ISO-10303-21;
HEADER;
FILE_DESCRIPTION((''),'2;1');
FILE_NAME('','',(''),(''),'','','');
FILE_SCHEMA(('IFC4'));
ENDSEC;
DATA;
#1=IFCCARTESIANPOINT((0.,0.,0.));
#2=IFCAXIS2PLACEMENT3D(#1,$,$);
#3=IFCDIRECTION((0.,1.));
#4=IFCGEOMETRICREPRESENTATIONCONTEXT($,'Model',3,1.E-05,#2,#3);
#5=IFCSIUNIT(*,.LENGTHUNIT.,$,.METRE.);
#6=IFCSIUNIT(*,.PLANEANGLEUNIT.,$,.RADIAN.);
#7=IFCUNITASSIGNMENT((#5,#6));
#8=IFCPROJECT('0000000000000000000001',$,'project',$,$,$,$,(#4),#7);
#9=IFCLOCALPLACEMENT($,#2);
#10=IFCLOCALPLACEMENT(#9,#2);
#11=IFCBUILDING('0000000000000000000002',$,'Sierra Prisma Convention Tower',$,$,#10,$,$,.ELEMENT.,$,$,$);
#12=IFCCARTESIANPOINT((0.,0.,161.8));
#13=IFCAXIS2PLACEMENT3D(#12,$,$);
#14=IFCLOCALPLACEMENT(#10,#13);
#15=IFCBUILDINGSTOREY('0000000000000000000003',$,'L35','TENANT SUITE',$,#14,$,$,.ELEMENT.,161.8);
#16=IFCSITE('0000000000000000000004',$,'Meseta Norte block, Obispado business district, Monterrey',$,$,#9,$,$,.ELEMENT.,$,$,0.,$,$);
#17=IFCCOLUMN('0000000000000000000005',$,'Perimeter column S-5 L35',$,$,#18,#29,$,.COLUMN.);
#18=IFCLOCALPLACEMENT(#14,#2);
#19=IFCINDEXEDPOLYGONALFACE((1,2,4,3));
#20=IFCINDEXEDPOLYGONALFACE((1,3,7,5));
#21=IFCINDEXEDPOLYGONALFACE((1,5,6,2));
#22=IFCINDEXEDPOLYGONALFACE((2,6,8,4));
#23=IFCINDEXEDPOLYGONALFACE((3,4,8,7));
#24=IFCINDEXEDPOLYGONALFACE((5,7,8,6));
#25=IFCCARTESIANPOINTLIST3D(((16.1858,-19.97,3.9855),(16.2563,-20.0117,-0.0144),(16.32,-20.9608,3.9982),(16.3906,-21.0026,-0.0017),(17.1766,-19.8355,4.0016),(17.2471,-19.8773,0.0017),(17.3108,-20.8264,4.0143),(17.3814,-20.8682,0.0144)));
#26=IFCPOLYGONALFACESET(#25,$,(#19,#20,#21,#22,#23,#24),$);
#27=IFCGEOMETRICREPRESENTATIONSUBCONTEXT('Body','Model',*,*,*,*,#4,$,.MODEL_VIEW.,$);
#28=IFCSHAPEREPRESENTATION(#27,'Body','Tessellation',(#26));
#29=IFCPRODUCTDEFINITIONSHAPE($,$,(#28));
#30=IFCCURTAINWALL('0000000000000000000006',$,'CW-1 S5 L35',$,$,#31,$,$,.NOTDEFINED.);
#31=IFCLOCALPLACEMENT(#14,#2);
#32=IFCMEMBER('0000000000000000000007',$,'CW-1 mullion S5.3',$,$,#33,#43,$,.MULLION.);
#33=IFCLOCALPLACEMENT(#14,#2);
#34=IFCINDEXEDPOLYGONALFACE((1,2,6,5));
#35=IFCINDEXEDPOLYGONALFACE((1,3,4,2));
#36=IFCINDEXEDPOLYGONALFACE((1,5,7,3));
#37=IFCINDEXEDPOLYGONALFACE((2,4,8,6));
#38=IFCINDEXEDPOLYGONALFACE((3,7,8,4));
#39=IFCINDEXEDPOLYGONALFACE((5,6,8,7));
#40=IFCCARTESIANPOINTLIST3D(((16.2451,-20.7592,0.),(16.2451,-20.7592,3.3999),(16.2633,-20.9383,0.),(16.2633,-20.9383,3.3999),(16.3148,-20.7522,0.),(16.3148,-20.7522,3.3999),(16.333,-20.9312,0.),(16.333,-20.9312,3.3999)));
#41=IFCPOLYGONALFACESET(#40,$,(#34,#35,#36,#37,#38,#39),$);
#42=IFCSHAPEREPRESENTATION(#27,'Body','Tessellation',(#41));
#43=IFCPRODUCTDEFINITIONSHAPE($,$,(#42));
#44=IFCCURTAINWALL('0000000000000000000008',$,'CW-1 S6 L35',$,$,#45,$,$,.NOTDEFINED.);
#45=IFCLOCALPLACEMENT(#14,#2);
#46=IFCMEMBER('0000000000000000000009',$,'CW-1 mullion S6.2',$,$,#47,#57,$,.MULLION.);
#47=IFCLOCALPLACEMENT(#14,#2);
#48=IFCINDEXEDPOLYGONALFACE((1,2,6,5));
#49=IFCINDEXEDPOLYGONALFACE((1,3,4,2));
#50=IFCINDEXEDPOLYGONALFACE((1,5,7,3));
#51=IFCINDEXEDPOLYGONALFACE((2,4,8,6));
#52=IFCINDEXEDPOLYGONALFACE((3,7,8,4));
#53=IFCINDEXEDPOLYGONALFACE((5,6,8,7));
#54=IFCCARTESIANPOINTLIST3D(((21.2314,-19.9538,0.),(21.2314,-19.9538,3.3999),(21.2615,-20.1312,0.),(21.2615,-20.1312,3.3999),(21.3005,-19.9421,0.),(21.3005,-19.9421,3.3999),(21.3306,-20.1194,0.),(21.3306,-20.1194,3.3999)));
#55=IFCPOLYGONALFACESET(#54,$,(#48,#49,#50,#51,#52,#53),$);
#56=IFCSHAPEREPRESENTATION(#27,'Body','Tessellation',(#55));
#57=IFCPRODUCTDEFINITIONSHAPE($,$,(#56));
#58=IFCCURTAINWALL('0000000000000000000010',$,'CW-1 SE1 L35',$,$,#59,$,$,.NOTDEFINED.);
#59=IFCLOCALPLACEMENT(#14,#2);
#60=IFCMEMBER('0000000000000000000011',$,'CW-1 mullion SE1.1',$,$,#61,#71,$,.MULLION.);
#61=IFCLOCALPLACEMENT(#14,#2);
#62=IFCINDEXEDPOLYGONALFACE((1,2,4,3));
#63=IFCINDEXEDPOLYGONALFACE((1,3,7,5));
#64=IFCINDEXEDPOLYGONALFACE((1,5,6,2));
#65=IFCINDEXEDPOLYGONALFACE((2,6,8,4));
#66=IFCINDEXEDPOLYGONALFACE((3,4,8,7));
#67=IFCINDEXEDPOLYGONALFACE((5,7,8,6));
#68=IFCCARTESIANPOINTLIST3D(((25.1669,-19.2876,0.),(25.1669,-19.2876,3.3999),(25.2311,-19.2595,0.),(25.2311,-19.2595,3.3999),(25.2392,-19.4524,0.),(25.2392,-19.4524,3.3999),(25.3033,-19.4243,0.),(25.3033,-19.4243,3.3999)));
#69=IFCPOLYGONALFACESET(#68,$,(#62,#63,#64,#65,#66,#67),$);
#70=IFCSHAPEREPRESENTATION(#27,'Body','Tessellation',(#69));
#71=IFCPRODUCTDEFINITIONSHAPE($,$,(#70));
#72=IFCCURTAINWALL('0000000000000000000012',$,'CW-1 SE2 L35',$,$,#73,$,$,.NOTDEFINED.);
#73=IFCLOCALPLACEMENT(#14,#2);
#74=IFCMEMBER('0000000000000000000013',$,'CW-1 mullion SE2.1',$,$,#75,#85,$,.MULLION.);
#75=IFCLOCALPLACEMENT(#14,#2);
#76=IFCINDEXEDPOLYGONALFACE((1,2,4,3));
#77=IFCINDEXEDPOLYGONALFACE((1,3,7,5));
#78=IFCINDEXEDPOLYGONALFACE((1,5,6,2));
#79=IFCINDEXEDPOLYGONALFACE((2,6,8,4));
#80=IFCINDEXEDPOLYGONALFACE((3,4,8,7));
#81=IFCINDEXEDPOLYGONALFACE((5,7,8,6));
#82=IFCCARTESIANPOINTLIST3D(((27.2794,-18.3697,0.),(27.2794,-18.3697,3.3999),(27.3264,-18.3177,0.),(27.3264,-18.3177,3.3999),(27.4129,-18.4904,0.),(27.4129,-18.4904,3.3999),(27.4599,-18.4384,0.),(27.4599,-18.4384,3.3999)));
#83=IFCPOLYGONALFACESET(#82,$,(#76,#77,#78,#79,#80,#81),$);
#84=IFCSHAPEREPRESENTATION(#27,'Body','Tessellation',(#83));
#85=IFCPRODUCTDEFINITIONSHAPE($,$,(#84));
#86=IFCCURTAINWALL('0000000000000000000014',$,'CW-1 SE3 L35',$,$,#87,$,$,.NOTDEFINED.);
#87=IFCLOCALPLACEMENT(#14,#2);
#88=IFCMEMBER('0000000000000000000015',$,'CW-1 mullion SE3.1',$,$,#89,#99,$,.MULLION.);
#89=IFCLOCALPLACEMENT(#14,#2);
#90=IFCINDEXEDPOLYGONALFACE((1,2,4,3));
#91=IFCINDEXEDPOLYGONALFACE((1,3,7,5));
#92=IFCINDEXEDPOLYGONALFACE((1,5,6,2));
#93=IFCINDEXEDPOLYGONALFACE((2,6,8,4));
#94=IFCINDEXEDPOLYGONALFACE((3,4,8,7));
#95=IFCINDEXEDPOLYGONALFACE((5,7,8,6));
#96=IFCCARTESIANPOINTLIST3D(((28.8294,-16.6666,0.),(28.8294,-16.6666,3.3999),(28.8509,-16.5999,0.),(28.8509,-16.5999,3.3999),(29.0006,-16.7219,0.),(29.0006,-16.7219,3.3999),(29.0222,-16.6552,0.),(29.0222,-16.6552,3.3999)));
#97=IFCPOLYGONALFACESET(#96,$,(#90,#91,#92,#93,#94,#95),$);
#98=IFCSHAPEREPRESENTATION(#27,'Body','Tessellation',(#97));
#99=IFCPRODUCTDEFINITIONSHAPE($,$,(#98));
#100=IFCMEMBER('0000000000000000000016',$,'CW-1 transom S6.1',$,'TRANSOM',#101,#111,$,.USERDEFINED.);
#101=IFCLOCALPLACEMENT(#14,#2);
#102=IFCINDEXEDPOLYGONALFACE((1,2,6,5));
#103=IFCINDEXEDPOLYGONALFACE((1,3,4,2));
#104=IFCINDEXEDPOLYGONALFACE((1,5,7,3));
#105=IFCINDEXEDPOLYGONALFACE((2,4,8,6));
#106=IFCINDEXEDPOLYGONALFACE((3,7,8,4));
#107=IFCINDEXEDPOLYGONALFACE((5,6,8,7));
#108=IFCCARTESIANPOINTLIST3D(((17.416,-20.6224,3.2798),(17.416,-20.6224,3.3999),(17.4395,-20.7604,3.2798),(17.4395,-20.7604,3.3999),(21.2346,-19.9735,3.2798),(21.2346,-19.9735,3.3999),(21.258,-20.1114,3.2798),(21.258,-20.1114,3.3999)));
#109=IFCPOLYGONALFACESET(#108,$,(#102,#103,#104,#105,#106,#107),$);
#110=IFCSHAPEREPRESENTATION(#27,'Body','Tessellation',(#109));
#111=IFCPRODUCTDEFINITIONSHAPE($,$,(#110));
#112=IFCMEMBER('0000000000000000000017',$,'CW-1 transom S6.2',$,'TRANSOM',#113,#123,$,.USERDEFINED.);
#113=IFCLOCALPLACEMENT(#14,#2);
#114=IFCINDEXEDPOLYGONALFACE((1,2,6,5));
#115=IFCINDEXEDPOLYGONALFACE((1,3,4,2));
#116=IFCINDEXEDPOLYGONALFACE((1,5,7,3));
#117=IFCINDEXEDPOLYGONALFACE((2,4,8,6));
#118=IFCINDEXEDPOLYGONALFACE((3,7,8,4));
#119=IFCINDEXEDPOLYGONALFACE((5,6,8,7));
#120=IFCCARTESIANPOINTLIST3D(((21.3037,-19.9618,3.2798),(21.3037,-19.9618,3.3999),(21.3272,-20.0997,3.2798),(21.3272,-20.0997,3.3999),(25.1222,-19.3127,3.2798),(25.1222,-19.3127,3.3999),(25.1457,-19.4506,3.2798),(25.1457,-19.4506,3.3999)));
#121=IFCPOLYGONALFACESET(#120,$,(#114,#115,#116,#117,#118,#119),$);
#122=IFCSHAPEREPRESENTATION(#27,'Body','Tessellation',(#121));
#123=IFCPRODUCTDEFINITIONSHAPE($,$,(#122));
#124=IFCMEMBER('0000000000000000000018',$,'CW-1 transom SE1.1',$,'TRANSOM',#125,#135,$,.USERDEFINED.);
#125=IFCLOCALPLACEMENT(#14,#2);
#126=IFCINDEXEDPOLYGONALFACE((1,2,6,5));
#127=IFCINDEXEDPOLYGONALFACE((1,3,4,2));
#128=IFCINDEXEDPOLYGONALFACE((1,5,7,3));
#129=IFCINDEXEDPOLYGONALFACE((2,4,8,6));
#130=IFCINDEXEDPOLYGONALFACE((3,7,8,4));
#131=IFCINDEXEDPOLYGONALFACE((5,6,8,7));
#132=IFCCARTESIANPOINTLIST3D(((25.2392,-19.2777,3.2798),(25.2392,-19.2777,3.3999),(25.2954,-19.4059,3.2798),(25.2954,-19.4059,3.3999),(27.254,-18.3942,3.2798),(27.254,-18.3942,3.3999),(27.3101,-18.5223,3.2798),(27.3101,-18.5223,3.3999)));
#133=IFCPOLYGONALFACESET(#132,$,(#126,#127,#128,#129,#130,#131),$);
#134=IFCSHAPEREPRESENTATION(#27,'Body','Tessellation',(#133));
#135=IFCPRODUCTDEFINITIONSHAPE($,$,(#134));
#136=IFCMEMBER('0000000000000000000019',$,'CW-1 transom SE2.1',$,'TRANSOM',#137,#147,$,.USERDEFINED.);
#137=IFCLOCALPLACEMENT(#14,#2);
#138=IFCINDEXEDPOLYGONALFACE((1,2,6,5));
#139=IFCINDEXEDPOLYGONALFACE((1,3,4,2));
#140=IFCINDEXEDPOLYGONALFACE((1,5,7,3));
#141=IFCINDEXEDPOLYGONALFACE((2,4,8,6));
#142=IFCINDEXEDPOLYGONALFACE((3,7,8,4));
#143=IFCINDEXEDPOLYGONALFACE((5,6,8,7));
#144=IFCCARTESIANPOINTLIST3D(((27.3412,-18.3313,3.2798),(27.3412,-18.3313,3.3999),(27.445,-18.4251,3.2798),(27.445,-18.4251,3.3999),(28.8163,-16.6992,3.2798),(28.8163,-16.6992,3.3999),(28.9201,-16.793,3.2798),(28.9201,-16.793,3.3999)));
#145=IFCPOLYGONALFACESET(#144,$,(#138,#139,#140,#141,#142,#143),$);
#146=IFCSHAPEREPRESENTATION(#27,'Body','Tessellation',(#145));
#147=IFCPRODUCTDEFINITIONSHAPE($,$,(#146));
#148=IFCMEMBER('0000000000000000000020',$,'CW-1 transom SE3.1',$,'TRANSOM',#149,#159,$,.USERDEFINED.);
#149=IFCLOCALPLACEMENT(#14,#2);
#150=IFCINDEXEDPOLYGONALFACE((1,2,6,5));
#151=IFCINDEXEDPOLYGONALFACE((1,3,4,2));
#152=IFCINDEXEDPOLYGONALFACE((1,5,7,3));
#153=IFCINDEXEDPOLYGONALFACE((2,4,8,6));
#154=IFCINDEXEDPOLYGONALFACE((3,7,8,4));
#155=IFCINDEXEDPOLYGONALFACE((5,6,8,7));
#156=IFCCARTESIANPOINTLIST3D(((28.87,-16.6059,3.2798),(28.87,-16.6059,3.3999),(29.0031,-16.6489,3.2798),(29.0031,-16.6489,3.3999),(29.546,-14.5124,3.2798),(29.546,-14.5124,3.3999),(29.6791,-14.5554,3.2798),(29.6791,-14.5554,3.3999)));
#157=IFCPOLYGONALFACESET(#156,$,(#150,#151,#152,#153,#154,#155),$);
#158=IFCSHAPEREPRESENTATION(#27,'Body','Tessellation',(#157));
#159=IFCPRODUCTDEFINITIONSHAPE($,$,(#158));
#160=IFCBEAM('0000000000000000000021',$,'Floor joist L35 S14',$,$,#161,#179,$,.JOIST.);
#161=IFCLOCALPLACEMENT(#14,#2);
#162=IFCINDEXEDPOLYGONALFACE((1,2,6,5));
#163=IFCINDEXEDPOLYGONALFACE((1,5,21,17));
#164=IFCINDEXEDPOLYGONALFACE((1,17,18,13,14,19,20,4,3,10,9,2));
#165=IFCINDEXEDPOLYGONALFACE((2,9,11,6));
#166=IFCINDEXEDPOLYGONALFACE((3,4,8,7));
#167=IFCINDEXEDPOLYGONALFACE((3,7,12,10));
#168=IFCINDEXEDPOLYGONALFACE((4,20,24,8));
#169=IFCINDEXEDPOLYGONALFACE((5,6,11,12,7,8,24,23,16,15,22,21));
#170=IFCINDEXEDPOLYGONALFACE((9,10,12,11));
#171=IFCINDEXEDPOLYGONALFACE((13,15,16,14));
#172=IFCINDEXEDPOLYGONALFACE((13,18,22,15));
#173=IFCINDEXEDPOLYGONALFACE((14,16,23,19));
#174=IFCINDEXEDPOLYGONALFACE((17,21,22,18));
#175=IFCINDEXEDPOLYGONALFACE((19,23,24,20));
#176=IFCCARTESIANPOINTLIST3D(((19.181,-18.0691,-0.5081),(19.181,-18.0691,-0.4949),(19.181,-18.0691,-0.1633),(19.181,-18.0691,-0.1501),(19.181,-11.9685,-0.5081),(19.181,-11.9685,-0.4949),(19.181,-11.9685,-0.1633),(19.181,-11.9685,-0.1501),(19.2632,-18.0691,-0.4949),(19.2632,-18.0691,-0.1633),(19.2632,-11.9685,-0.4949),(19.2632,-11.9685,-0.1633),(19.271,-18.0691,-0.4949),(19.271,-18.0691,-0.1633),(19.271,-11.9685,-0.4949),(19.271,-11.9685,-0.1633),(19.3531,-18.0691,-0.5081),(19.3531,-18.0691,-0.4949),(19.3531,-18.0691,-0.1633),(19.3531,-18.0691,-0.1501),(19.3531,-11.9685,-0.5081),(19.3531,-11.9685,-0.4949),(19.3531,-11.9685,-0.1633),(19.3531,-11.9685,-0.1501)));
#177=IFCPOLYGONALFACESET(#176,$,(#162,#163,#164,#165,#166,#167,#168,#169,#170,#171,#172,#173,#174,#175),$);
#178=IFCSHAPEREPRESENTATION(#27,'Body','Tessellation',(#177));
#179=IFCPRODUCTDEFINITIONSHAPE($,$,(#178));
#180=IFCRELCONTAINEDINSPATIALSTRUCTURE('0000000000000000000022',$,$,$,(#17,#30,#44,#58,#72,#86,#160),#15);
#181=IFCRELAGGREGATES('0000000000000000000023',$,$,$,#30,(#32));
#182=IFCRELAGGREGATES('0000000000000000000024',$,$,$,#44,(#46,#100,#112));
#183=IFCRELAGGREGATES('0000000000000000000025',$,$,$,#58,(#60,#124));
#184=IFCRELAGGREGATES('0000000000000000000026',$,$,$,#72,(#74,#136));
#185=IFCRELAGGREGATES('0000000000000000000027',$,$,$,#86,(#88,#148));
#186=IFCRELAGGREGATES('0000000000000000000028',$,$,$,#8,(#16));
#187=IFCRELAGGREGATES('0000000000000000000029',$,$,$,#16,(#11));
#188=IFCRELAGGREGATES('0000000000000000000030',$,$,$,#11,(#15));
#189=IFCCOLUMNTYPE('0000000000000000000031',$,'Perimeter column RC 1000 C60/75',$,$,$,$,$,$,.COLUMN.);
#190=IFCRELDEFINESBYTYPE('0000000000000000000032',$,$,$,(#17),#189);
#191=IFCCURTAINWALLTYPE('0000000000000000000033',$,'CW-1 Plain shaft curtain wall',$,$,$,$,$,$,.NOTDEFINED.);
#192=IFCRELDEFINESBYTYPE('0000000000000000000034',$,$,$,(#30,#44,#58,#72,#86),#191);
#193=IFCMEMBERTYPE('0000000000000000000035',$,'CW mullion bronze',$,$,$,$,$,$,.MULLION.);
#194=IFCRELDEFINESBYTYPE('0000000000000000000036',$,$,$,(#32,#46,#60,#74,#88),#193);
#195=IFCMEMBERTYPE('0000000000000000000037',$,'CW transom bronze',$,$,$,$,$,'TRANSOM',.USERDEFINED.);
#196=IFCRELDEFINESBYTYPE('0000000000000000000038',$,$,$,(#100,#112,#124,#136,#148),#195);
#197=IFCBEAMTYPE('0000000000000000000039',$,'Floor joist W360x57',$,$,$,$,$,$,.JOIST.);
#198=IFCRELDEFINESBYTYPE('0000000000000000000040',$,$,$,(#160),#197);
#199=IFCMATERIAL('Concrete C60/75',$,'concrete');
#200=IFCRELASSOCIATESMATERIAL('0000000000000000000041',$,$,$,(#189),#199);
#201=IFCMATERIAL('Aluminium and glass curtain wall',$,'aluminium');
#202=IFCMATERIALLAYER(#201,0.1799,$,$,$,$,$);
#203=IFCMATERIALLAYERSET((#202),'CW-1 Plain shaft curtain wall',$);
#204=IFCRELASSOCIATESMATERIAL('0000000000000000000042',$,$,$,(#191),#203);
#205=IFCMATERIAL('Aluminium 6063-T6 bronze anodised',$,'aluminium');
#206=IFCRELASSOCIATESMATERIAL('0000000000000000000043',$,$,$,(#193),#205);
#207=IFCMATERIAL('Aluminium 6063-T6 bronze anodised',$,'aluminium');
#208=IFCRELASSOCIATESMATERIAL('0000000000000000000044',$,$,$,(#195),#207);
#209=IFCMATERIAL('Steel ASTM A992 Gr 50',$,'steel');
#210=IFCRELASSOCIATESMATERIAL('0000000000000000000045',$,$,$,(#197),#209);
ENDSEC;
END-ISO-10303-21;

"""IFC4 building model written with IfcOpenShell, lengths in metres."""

from ifc_helpers import new_model, si_unit, direction, frame, origin, origin_2d, place, context, subcontext, project, spatial, rectangle, i_section, extrude, material, layer, layer_set, material_profile, profile_set, type_object, element, aggregate, save


model = new_model("IFC4")

# Units and contexts
model_context = context("Model", 3, precision=1e-05, world=origin(), true_north=direction((0.0, 1.0)))
body_context = subcontext(model_context, "Body", "Model", "MODEL_VIEW")
ifc_project = project(units=[si_unit("LENGTHUNIT", "METRE"), si_unit("PLANEANGLEUNIT", "RADIAN")], contexts=[model_context])

# Site, building, storey
site_placement = place(None, origin())
site = spatial("IfcSite", under=ifc_project, at=site_placement, Name="Meseta Norte block, Obispado business district, Monterrey", CompositionType="ELEMENT", RefElevation=0.0)
building_placement = place(site_placement, origin())
building = spatial("IfcBuilding", under=site, at=building_placement, Name="Sierra Prisma Convention Tower", CompositionType="ELEMENT")
storey_placement = place(building_placement, frame((0.0, 0.0, 161.8)))
storey = spatial("IfcBuildingStorey", under=building, at=storey_placement, Name="L35", Description="TENANT SUITE", CompositionType="ELEMENT", Elevation=161.8)

# Column
ifc_material_1 = material(Name="Concrete C60/75", Category="concrete")
ifc_material_profile_1 = material_profile(ifc_material_1, rectangle(XDim=1.0, YDim=1.0, at=origin_2d()), Name="Perimeter column RC 1000 C60/75")
ifc_profile_set_1 = profile_set([ifc_material_profile_1], Name="Concrete C60/75")
column_type = type_object("IfcColumnType", Name="Perimeter column RC 1000 C60/75", PredefinedType="COLUMN", material=ifc_profile_set_1)
column_placement = place(storey_placement, frame((16.8188, -20.4399, 0.0), z_axis=(-0.017635, 0.010435, 0.99979), x_axis=(0.990791, 0.134441, 0.016074)))
element("IfcColumn", 1, at=column_placement, inside=storey, type_object=column_type, Name="Perimeter column S-5 L35", PredefinedType="COLUMN", context=body_context, shape_type="SweptSolid", body=[
    extrude(rectangle(XDim=1.0, YDim=1.0, at=origin_2d()), origin(), (0.0, 0.0, 1.0), 4.0007),
])

# Curtain walls, members
ifc_material_2 = material(Name="Aluminium and glass curtain wall", Category="aluminium")
ifc_layer_1 = layer(ifc_material_2, 0.1799)
ifc_layer_set_1 = layer_set([ifc_layer_1], Name="CW-1 Plain shaft curtain wall")
curtain_wall_type = type_object("IfcCurtainWallType", Name="CW-1 Plain shaft curtain wall", PredefinedType="NOTDEFINED", material=ifc_layer_set_1)
curtain_wall_1_placement = place(storey_placement, origin())
curtain_wall_1 = element("IfcCurtainWall", 2, at=curtain_wall_1_placement, inside=storey, type_object=curtain_wall_type, Name="CW-1 S5 L35", PredefinedType="NOTDEFINED")
ifc_material_3 = material(Name="Aluminium 6063-T6 bronze anodised", Category="aluminium")
ifc_material_profile_2 = material_profile(ifc_material_3, rectangle(XDim=0.1799, YDim=0.0701, at=origin_2d()), Name="ALU MULLION 70x180")
ifc_profile_set_2 = profile_set([ifc_material_profile_2], Name="Aluminium 6063-T6 bronze anodised")
member_type_1 = type_object("IfcMemberType", Name="CW mullion bronze", PredefinedType="MULLION", material=ifc_profile_set_2)
member_1_placement = place(storey_placement, frame((16.2891, -20.8452, 0.0), z_axis=(0.0, 0.0, 1.0), x_axis=(-0.100833, 0.994903, 0.0)))
member_1 = element("IfcMember", 3, at=member_1_placement, type_object=member_type_1, Name="CW-1 mullion S5.3", PredefinedType="MULLION", context=body_context, shape_type="SweptSolid", body=[
    extrude(rectangle(XDim=0.1799, YDim=0.0701, at=origin_2d()), origin(), (0.0, 0.0, 1.0), 3.3999),
])
curtain_wall_2_placement = place(storey_placement, origin())
curtain_wall_2 = element("IfcCurtainWall", 4, at=curtain_wall_2_placement, inside=storey, type_object=curtain_wall_type, Name="CW-1 S6 L35", PredefinedType="NOTDEFINED")
member_2_placement = place(storey_placement, frame((21.281, -20.0366, 0.0), z_axis=(0.0, 0.0, 1.0), x_axis=(-0.167548, 0.985864, 0.0)))
member_2 = element("IfcMember", 5, at=member_2_placement, type_object=member_type_1, Name="CW-1 mullion S6.2", PredefinedType="MULLION", context=body_context, shape_type="SweptSolid", body=[
    extrude(rectangle(XDim=0.1799, YDim=0.0701, at=origin_2d()), origin(), (0.0, 0.0, 1.0), 3.3999),
])
curtain_wall_3_placement = place(storey_placement, origin())
curtain_wall_3 = element("IfcCurtainWall", 6, at=curtain_wall_3_placement, inside=storey, type_object=curtain_wall_type, Name="CW-1 SE1 L35", PredefinedType="NOTDEFINED")
member_3_placement = place(storey_placement, frame((25.2351, -19.356, 0.0), z_axis=(0.0, 0.0, 1.0), x_axis=(-0.40164, 0.915798, 0.0)))
member_3 = element("IfcMember", 7, at=member_3_placement, type_object=member_type_1, Name="CW-1 mullion SE1.1", PredefinedType="MULLION", context=body_context, shape_type="SweptSolid", body=[
    extrude(rectangle(XDim=0.1799, YDim=0.0701, at=origin_2d()), origin(), (0.0, 0.0, 1.0), 3.3999),
])
curtain_wall_4_placement = place(storey_placement, origin())
curtain_wall_4 = element("IfcCurtainWall", 8, at=curtain_wall_4_placement, inside=storey, type_object=curtain_wall_type, Name="CW-1 SE2 L35", PredefinedType="NOTDEFINED")
member_4_placement = place(storey_placement, frame((27.3696, -18.4041, 0.0), z_axis=(0.0, 0.0, 1.0), x_axis=(-0.741901, 0.67051, 0.0)))
member_4 = element("IfcMember", 9, at=member_4_placement, type_object=member_type_1, Name="CW-1 mullion SE2.1", PredefinedType="MULLION", context=body_context, shape_type="SweptSolid", body=[
    extrude(rectangle(XDim=0.1799, YDim=0.0701, at=origin_2d()), origin(), (0.0, 0.0, 1.0), 3.3999),
])
curtain_wall_5_placement = place(storey_placement, origin())
curtain_wall_5 = element("IfcCurtainWall", 10, at=curtain_wall_5_placement, inside=storey, type_object=curtain_wall_type, Name="CW-1 SE3 L35", PredefinedType="NOTDEFINED")
member_5_placement = place(storey_placement, frame((28.9258, -16.6609, 0.0), z_axis=(0.0, 0.0, 1.0), x_axis=(-0.951629, 0.30725, 0.0)))
member_5 = element("IfcMember", 11, at=member_5_placement, type_object=member_type_1, Name="CW-1 mullion SE3.1", PredefinedType="MULLION", context=body_context, shape_type="SweptSolid", body=[
    extrude(rectangle(XDim=0.1799, YDim=0.0701, at=origin_2d()), origin(), (0.0, 0.0, 1.0), 3.3999),
])

# Members
ifc_material_4 = material(Name="Aluminium 6063-T6 bronze anodised", Category="aluminium")
ifc_material_profile_3 = material_profile(ifc_material_4, rectangle(XDim=0.1399, YDim=0.1201, at=origin_2d()), Name="ALU TRANSOM 120x140")
ifc_profile_set_3 = profile_set([ifc_material_profile_3], Name="Aluminium 6063-T6 bronze anodised")
member_type_2 = type_object("IfcMemberType", Name="CW transom bronze", ElementType="TRANSOM", PredefinedType="USERDEFINED", material=ifc_profile_set_3)
member_6_placement = place(storey_placement, frame((17.4277, -20.6914, 3.3398), z_axis=(0.985866, 0.167536, 0.0), x_axis=(-0.167536, 0.985866, 0.0)))
member_6 = element("IfcMember", 12, at=member_6_placement, type_object=member_type_2, Name="CW-1 transom S6.1", ObjectType="TRANSOM", PredefinedType="USERDEFINED", context=body_context, shape_type="SweptSolid", body=[
    extrude(rectangle(XDim=0.1399, YDim=0.1201, at=origin_2d()), origin(), (0.0, 0.0, 1.0), 3.8733),
])
member_7_placement = place(storey_placement, frame((21.3154, -20.0308, 3.3398), z_axis=(0.985856, 0.167597, 0.0), x_axis=(-0.167597, 0.985856, 0.0)))
member_7 = element("IfcMember", 13, at=member_7_placement, type_object=member_type_2, Name="CW-1 transom S6.2", ObjectType="TRANSOM", PredefinedType="USERDEFINED", context=body_context, shape_type="SweptSolid", body=[
    extrude(rectangle(XDim=0.1399, YDim=0.1201, at=origin_2d()), origin(), (0.0, 0.0, 1.0), 3.8733),
])
member_8_placement = place(storey_placement, frame((25.2673, -19.3418, 3.3398), z_axis=(0.9158, 0.401634, 0.0), x_axis=(-0.401634, 0.9158, 0.0)))
member_8 = element("IfcMember", 14, at=member_8_placement, type_object=member_type_2, Name="CW-1 transom SE1.1", ObjectType="TRANSOM", PredefinedType="USERDEFINED", context=body_context, shape_type="SweptSolid", body=[
    extrude(rectangle(XDim=0.1399, YDim=0.1201, at=origin_2d()), origin(), (0.0, 0.0, 1.0), 2.2),
])
member_9_placement = place(storey_placement, frame((27.3931, -18.3782, 3.3398), z_axis=(0.670527, 0.741885, 0.0), x_axis=(-0.741885, 0.670527, 0.0)))
member_9 = element("IfcMember", 15, at=member_9_placement, type_object=member_type_2, Name="CW-1 transom SE2.1", ObjectType="TRANSOM", PredefinedType="USERDEFINED", context=body_context, shape_type="SweptSolid", body=[
    extrude(rectangle(XDim=0.1399, YDim=0.1201, at=origin_2d()), origin(), (0.0, 0.0, 1.0), 2.2),
])
member_10_placement = place(storey_placement, frame((28.9365, -16.6274, 3.3398), z_axis=(0.307291, 0.951615, 0.0), x_axis=(-0.951615, 0.307291, 0.0)))
member_10 = element("IfcMember", 16, at=member_10_placement, type_object=member_type_2, Name="CW-1 transom SE3.1", ObjectType="TRANSOM", PredefinedType="USERDEFINED", context=body_context, shape_type="SweptSolid", body=[
    extrude(rectangle(XDim=0.1399, YDim=0.1201, at=origin_2d()), origin(), (0.0, 0.0, 1.0), 2.2),
])

# Beam
ifc_material_5 = material(Name="Steel ASTM A992 Gr 50", Category="steel")
ifc_material_profile_4 = material_profile(ifc_material_5, i_section(OverallWidth=0.1721, OverallDepth=0.3579, WebThickness=0.0078, FlangeThickness=0.0132, at=origin_2d()), Name="W360x57")
ifc_profile_set_4 = profile_set([ifc_material_profile_4], Name="Steel ASTM A992 Gr 50")
beam_type_1 = type_object("IfcBeamType", Name="Floor joist W360x57", PredefinedType="JOIST", material=ifc_profile_set_4)
beam_1_placement = place(storey_placement, frame((19.2671, -18.0691, -0.3291), z_axis=(0.0, 1.0, 0.0), x_axis=(-1.0, 0.0, 0.0)))
element("IfcBeam", 17, at=beam_1_placement, inside=storey, type_object=beam_type_1, Name="Floor joist L35 S14", PredefinedType="JOIST", context=body_context, shape_type="SweptSolid", body=[
    extrude(i_section(OverallWidth=0.1721, OverallDepth=0.3579, WebThickness=0.0078, FlangeThickness=0.0132, at=origin_2d()), origin(), (0.0, 0.0, 1.0), 6.1006),
])

aggregate(curtain_wall_1, [member_1])
aggregate(curtain_wall_2, [member_2, member_6, member_7])
aggregate(curtain_wall_3, [member_3, member_8])
aggregate(curtain_wall_4, [member_4, member_9])
aggregate(curtain_wall_5, [member_5, member_10])

save(model, "model.ifc")
